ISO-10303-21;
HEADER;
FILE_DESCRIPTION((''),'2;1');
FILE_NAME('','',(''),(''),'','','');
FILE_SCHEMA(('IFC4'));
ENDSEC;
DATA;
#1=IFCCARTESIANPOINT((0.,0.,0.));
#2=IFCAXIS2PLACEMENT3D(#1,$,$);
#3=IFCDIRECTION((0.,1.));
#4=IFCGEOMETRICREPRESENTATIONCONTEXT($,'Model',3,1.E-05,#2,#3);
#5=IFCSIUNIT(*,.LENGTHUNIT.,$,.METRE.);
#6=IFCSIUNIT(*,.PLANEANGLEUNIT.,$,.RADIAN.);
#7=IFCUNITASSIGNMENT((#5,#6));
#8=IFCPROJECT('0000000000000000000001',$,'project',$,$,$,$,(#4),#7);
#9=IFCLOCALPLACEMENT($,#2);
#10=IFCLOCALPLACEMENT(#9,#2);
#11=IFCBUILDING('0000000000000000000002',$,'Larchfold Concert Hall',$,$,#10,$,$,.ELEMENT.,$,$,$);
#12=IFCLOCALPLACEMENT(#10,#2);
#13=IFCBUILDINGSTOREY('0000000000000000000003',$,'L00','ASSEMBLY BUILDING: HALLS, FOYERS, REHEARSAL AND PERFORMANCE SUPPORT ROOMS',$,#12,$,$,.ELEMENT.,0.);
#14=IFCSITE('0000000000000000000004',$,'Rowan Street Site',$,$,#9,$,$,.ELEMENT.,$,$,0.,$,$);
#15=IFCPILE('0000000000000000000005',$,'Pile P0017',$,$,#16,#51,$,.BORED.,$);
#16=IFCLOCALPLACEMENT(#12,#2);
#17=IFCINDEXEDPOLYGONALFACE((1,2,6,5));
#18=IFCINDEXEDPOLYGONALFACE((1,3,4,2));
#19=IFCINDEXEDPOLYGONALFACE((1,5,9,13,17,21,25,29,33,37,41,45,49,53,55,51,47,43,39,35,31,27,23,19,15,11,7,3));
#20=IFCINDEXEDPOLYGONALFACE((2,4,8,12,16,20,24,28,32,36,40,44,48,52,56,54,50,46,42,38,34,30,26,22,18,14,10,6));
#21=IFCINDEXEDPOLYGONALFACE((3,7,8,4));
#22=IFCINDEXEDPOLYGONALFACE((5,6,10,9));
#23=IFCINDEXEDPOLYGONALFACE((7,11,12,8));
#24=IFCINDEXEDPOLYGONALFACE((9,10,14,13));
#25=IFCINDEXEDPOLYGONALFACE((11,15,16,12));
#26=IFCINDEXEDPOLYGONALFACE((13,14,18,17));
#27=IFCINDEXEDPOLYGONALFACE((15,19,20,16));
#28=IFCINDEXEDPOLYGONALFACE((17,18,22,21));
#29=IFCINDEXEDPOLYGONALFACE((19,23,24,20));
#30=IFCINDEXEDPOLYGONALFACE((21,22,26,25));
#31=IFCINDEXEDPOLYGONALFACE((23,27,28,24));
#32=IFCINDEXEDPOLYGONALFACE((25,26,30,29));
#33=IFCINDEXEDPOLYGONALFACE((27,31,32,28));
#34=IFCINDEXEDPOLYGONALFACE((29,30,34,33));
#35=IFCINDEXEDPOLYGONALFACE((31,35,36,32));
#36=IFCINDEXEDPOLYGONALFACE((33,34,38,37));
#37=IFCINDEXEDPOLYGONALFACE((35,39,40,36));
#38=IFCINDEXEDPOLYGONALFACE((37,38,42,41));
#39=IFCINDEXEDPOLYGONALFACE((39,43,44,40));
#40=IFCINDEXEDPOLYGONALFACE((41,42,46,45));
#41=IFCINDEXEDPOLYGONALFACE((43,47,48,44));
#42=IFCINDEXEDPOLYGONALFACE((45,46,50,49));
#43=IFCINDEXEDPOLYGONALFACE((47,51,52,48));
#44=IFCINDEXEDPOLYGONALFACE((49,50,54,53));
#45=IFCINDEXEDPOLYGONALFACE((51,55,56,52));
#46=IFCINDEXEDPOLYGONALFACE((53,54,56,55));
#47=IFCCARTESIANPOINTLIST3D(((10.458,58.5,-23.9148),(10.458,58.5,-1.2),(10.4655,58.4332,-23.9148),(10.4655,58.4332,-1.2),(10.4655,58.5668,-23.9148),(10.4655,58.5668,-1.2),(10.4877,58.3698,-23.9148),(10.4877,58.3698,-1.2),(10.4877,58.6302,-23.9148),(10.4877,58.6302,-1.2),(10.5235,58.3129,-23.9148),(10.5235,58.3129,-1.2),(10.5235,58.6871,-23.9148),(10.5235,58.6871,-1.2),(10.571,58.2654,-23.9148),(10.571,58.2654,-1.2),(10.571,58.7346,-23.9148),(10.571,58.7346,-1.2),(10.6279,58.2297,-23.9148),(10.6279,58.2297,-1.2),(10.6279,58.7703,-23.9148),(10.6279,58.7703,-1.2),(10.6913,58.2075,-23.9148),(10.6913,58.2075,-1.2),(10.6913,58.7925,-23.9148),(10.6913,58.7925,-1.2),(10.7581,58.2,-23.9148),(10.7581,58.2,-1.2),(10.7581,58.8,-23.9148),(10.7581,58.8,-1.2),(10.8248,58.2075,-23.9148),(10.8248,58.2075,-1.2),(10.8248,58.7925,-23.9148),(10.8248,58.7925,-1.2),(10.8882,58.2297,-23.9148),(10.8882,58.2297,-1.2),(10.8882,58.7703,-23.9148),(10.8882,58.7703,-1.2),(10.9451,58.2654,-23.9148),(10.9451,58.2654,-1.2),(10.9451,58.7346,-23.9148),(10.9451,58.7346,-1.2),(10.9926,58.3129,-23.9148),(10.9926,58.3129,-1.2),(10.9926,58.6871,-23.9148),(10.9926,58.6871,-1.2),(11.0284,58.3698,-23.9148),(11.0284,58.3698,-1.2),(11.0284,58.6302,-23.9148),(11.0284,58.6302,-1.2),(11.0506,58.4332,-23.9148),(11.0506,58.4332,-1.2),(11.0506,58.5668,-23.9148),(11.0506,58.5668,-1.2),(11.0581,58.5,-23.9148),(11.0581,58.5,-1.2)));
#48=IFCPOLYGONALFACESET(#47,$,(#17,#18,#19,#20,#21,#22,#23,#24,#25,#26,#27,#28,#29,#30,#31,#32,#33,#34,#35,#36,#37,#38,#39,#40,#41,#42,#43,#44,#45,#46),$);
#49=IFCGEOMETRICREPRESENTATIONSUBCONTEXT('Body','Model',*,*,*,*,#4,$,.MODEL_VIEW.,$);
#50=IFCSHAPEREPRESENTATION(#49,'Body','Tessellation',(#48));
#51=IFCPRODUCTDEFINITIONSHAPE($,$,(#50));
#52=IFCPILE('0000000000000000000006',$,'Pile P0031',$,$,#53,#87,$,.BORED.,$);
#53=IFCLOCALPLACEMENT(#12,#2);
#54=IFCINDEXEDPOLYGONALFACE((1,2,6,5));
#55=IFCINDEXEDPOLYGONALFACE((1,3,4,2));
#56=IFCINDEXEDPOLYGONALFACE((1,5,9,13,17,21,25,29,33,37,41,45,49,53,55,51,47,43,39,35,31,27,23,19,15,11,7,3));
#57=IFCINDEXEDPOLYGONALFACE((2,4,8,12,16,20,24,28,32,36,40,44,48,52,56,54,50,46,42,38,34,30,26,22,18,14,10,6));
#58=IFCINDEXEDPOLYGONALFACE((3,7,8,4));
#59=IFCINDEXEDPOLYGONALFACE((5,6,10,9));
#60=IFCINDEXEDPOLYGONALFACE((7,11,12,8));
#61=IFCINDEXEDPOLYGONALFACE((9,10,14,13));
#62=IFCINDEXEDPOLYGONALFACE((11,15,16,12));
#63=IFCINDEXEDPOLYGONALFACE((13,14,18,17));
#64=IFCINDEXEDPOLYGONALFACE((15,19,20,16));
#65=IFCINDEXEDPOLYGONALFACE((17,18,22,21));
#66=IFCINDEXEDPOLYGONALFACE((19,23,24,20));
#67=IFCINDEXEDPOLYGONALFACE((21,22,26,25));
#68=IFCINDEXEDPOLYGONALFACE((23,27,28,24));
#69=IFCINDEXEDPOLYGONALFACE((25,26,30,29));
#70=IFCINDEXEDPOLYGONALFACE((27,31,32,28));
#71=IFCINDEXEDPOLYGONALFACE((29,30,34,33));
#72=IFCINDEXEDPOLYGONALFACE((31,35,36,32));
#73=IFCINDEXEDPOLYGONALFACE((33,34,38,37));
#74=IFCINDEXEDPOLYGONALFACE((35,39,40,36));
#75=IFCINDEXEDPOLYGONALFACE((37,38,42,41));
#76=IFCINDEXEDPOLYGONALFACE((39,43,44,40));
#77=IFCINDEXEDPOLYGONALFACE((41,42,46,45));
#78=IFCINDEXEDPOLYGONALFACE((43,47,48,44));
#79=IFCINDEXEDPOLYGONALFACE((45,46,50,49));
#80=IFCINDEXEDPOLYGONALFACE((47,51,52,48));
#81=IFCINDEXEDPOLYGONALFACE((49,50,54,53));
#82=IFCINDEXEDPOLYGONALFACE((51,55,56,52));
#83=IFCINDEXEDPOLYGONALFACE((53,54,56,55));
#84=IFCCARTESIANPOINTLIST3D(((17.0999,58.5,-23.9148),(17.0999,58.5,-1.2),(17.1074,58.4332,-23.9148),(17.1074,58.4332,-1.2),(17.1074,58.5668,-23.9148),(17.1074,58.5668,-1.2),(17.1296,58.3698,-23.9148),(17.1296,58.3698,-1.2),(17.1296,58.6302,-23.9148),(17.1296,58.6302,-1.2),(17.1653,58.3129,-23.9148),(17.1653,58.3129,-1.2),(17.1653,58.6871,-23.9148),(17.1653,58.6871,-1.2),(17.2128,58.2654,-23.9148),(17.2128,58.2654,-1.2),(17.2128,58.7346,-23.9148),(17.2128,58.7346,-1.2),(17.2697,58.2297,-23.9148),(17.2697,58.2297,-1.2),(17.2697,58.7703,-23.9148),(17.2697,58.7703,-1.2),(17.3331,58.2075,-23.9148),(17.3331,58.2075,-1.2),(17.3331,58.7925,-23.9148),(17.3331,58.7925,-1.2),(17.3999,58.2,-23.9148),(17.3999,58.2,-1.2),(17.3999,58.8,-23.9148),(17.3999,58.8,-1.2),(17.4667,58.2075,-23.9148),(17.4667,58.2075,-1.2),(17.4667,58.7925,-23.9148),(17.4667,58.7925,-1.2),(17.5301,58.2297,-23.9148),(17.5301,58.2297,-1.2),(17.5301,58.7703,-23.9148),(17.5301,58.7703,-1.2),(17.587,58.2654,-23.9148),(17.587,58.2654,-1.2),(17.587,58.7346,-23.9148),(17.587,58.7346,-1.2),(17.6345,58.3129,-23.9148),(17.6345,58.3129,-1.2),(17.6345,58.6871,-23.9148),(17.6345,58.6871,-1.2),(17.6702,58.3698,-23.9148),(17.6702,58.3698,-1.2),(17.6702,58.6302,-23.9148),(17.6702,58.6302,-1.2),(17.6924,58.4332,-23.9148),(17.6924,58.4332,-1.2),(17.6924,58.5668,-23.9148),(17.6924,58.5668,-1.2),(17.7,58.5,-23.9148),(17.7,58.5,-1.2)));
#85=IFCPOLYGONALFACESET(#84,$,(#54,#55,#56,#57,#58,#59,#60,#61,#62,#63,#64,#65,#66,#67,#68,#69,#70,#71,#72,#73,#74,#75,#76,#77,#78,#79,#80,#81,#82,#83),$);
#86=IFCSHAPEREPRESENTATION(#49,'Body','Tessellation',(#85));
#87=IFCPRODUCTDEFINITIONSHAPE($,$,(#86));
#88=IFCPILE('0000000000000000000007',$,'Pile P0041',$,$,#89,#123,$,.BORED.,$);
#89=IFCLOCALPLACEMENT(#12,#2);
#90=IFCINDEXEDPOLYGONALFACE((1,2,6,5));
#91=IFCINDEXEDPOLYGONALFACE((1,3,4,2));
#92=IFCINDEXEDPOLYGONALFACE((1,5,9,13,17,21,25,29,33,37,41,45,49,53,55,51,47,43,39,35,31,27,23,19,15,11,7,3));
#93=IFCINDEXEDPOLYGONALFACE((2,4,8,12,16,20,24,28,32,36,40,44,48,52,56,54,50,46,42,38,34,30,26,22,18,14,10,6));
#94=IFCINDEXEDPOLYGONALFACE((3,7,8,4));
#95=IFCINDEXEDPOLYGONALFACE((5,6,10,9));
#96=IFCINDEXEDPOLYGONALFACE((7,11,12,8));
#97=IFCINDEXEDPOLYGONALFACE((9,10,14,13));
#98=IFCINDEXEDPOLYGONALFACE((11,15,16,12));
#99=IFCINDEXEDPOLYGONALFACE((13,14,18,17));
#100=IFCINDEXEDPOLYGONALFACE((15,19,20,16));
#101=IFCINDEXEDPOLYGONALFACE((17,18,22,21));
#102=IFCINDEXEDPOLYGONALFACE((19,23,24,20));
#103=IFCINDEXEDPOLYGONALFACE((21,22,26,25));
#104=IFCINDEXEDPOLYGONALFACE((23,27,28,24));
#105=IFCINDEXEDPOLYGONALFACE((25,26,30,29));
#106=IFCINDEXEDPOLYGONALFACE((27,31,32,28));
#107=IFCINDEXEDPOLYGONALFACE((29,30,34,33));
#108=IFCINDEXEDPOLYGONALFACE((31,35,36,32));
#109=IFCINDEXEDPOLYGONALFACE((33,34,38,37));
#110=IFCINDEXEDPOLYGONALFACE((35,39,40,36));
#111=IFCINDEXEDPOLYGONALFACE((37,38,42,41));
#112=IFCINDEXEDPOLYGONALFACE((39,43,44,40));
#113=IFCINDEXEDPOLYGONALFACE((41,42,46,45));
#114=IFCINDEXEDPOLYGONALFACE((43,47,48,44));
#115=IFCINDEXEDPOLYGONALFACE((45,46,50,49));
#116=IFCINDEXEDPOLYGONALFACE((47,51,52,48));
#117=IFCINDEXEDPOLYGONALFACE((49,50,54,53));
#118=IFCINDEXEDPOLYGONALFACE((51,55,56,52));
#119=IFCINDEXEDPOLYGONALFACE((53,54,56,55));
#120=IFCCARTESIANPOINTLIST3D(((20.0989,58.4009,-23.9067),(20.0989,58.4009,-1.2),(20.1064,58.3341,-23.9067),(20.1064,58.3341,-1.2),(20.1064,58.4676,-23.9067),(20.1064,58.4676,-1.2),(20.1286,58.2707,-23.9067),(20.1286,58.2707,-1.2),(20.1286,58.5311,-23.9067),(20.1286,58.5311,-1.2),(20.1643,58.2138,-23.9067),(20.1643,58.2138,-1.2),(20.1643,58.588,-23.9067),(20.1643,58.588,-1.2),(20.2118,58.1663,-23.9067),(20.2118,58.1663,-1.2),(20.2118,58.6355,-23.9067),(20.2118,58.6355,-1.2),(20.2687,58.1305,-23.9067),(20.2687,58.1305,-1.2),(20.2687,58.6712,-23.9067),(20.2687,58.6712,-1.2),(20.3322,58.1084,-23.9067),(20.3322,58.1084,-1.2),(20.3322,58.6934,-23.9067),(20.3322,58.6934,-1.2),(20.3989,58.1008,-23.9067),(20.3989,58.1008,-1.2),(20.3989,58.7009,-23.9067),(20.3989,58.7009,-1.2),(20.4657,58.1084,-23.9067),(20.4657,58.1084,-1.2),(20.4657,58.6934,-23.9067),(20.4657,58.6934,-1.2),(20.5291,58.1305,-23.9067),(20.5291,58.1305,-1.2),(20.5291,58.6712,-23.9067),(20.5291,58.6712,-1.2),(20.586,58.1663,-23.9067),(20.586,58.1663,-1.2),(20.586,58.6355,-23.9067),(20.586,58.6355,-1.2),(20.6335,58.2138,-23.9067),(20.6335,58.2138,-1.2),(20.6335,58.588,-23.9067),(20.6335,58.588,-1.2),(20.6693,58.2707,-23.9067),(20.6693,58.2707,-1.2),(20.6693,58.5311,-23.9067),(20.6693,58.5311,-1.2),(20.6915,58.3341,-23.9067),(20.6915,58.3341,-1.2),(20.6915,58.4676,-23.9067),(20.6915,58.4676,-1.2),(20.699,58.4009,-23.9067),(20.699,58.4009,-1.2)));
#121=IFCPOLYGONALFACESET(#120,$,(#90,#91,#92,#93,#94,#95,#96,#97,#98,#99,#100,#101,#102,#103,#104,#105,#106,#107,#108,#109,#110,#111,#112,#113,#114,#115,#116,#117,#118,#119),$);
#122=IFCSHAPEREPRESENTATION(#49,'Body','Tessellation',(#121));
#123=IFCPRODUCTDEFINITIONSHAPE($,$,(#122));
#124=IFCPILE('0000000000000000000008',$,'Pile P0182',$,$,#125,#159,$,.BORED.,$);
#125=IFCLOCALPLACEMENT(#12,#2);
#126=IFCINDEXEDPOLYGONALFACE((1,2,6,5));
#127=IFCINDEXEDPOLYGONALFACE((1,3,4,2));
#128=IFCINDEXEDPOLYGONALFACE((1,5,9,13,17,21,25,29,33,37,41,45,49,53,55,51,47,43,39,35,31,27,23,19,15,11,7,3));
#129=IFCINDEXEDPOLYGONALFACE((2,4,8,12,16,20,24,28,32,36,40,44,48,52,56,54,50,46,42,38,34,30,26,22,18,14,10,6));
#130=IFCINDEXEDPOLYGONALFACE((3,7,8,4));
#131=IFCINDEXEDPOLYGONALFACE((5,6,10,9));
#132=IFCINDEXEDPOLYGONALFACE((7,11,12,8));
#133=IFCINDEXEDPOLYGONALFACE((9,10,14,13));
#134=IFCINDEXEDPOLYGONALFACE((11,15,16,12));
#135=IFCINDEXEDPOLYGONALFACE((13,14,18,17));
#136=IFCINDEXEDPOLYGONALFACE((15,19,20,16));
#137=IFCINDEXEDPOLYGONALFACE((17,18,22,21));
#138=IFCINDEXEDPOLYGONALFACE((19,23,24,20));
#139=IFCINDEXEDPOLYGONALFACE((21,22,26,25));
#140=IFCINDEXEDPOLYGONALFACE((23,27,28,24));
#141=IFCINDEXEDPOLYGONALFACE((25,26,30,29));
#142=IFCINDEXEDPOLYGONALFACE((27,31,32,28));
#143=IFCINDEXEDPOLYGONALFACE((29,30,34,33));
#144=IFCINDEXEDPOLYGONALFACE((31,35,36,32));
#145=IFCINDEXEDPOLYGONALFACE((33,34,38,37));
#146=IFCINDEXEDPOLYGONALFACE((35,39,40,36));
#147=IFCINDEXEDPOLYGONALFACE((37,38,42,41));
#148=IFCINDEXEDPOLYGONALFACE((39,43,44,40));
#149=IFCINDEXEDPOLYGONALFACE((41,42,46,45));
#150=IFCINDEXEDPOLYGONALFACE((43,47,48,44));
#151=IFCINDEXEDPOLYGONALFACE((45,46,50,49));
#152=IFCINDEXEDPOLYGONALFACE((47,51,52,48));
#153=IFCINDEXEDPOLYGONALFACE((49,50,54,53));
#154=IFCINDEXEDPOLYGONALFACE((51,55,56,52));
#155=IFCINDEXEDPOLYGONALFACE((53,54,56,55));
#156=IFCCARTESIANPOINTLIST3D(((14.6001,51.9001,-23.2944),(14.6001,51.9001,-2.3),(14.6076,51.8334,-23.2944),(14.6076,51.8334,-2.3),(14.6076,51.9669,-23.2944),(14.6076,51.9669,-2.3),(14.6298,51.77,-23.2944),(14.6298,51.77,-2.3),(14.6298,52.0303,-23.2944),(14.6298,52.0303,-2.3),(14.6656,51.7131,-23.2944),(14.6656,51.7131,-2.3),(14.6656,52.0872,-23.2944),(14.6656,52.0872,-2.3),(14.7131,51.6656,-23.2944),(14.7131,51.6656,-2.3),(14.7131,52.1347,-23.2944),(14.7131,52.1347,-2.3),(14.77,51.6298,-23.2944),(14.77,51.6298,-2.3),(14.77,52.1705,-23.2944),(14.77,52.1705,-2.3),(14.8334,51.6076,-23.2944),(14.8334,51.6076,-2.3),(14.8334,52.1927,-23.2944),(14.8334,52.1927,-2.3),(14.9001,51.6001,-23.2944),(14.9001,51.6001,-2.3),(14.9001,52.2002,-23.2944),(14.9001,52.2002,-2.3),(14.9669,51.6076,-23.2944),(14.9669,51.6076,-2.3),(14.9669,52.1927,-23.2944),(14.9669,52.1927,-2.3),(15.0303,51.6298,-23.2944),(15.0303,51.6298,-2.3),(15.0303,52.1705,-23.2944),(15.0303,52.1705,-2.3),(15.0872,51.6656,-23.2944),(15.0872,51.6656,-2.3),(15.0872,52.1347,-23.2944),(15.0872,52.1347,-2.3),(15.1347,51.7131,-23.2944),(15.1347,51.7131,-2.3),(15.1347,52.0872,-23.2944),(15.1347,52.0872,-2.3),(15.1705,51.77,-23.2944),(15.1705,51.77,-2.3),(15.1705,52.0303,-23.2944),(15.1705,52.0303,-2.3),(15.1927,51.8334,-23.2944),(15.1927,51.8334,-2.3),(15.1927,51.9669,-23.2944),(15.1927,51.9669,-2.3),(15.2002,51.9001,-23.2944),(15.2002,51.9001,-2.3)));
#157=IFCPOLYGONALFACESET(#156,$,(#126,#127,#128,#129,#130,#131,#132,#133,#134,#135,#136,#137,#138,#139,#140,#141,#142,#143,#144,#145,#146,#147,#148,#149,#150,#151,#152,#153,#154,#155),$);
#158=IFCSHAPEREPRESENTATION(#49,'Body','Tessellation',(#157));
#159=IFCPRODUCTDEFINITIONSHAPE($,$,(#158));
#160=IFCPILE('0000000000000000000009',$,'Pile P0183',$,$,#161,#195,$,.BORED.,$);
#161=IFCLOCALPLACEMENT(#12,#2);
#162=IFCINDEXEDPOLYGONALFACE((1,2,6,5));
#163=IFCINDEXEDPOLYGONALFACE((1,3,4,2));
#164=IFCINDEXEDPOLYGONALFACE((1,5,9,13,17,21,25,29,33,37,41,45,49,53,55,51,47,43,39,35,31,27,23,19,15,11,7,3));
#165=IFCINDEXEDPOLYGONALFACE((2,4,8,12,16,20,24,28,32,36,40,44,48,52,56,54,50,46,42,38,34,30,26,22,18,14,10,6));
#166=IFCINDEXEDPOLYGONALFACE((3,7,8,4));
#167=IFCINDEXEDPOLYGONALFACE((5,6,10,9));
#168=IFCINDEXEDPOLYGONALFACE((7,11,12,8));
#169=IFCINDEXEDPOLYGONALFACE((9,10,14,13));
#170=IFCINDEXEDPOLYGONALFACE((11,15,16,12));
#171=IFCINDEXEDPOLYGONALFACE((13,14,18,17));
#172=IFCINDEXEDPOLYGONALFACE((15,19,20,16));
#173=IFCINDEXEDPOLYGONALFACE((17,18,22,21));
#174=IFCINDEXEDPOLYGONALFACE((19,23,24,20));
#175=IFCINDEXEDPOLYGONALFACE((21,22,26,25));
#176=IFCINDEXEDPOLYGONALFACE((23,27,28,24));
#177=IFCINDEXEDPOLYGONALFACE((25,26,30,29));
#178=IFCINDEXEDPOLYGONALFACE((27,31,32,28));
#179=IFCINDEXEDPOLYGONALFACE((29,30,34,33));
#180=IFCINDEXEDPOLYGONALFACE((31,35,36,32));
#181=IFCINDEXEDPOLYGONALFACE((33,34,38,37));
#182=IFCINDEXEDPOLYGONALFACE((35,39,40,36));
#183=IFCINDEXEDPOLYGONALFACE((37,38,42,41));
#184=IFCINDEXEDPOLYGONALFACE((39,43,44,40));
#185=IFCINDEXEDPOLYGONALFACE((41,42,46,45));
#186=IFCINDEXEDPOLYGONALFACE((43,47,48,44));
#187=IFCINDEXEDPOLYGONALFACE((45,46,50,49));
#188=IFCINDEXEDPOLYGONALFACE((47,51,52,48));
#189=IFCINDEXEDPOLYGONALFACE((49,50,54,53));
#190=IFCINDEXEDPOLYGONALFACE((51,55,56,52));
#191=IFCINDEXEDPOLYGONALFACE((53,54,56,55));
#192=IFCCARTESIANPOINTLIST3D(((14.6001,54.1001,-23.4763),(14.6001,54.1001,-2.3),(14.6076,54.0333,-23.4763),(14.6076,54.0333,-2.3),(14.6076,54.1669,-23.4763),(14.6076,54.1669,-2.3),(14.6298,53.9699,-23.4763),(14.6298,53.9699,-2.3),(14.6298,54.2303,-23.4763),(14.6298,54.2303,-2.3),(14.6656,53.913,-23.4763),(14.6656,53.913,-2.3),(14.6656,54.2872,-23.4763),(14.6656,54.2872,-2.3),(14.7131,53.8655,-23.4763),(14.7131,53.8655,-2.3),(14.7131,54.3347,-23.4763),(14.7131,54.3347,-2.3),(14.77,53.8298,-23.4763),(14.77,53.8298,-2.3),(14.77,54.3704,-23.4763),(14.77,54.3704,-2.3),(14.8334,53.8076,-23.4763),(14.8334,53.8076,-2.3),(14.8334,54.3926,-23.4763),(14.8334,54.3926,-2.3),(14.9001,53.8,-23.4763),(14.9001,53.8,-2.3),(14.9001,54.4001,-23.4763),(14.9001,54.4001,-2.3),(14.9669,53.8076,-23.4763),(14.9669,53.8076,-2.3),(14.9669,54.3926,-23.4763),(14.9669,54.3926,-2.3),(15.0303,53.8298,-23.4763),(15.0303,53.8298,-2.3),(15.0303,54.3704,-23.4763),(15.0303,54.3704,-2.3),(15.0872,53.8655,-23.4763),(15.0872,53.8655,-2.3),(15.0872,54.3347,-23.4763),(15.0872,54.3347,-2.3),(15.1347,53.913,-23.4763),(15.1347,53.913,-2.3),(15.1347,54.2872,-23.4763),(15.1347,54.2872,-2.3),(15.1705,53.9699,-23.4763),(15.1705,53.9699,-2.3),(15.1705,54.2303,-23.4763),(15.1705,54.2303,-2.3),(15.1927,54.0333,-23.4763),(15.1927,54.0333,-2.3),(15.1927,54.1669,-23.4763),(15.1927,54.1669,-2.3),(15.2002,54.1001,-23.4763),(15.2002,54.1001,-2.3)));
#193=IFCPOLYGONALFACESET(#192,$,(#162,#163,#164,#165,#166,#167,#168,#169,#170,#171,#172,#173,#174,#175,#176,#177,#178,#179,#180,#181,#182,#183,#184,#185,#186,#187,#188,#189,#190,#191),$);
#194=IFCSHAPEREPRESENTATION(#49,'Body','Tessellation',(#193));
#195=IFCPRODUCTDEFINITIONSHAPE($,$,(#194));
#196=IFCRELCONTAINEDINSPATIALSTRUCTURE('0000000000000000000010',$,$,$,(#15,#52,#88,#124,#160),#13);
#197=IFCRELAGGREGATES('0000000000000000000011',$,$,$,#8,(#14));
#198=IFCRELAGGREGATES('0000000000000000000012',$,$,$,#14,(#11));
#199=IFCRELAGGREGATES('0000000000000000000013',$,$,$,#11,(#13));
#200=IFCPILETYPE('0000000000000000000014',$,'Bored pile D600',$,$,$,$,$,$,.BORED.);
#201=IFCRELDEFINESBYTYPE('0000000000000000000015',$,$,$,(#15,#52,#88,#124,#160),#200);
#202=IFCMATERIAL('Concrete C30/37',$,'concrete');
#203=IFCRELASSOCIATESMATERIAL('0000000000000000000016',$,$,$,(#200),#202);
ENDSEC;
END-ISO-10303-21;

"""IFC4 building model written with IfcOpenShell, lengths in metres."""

from ifc_helpers import new_model, si_unit, direction, frame, origin, origin_2d, place, context, subcontext, project, spatial, circle, extrude, material, material_profile, profile_set, type_object, element, save


model = new_model("IFC4")

# Units and contexts
model_context = context("Model", 3, precision=1e-05, world=origin(), true_north=direction((0.0, 1.0)))
body_context = subcontext(model_context, "Body", "Model", "MODEL_VIEW")
ifc_project = project(units=[si_unit("LENGTHUNIT", "METRE"), si_unit("PLANEANGLEUNIT", "RADIAN")], contexts=[model_context])

# Site, building, storey
site_placement = place(None, origin())
site = spatial("IfcSite", under=ifc_project, at=site_placement, Name="Rowan Street Site", CompositionType="ELEMENT", RefElevation=0.0)
building_placement = place(site_placement, origin())
building = spatial("IfcBuilding", under=site, at=building_placement, Name="Larchfold Concert Hall", CompositionType="ELEMENT")
storey_placement = place(building_placement, origin())
storey = spatial("IfcBuildingStorey", under=building, at=storey_placement, Name="L00", Description="ASSEMBLY BUILDING: HALLS, FOYERS, REHEARSAL AND PERFORMANCE SUPPORT ROOMS", CompositionType="ELEMENT", Elevation=0.0)

# Piles
ifc_material_1 = material(Name="Concrete C30/37", Category="concrete")
ifc_material_profile_1 = material_profile(ifc_material_1, circle(Radius=0.3, at=origin_2d()))
ifc_profile_set_1 = profile_set([ifc_material_profile_1], Name="Concrete C30/37")
pile_type = type_object("IfcPileType", Name="Bored pile D600", PredefinedType="BORED", material=ifc_profile_set_1)
for number, where, z_axis, x_axis, name in (
    (1, (10.7581, 58.5, -1.2), (0.0, 0.0, -1.0), (1.0, 0.0, 0.0), "Pile P0017"),
    (2, (17.3999, 58.5, -1.2), (0.0, 0.0, -1.0), (1.0, 0.0, 0.0), "Pile P0031"),
):
    element("IfcPile", number, at=place(storey_placement, frame(where, z_axis=z_axis, x_axis=x_axis)), inside=storey, type_object=pile_type, Name=name, PredefinedType="BORED", context=body_context, shape_type="SweptSolid", body=[
        extrude(circle(Radius=0.3, at=origin_2d()), origin(), (0.0, 0.0, 1.0), 22.7148),
    ])
pile_1_placement = place(storey_placement, frame((20.3989, 58.4009, -1.2), z_axis=(0.0, 0.0, -1.0), x_axis=(1.0, 0.0, 0.0)))
element("IfcPile", 3, at=pile_1_placement, inside=storey, type_object=pile_type, Name="Pile P0041", PredefinedType="BORED", context=body_context, shape_type="SweptSolid", body=[
    extrude(circle(Radius=0.3, at=origin_2d()), origin(), (0.0, 0.0, 1.0), 22.7068),
])
pile_2_placement = place(storey_placement, frame((14.9001, 51.9001, -2.3), z_axis=(0.0, 0.0, -1.0), x_axis=(1.0, 0.0, 0.0)))
element("IfcPile", 4, at=pile_2_placement, inside=storey, type_object=pile_type, Name="Pile P0182", PredefinedType="BORED", context=body_context, shape_type="SweptSolid", body=[
    extrude(circle(Radius=0.3, at=origin_2d()), origin(), (0.0, 0.0, 1.0), 20.9944),
])
pile_3_placement = place(storey_placement, frame((14.9001, 54.1001, -2.3), z_axis=(0.0, 0.0, -1.0), x_axis=(1.0, 0.0, 0.0)))
element("IfcPile", 5, at=pile_3_placement, inside=storey, type_object=pile_type, Name="Pile P0183", PredefinedType="BORED", context=body_context, shape_type="SweptSolid", body=[
    extrude(circle(Radius=0.3, at=origin_2d()), origin(), (0.0, 0.0, 1.0), 21.1763),
])

save(model, "model.ifc")
